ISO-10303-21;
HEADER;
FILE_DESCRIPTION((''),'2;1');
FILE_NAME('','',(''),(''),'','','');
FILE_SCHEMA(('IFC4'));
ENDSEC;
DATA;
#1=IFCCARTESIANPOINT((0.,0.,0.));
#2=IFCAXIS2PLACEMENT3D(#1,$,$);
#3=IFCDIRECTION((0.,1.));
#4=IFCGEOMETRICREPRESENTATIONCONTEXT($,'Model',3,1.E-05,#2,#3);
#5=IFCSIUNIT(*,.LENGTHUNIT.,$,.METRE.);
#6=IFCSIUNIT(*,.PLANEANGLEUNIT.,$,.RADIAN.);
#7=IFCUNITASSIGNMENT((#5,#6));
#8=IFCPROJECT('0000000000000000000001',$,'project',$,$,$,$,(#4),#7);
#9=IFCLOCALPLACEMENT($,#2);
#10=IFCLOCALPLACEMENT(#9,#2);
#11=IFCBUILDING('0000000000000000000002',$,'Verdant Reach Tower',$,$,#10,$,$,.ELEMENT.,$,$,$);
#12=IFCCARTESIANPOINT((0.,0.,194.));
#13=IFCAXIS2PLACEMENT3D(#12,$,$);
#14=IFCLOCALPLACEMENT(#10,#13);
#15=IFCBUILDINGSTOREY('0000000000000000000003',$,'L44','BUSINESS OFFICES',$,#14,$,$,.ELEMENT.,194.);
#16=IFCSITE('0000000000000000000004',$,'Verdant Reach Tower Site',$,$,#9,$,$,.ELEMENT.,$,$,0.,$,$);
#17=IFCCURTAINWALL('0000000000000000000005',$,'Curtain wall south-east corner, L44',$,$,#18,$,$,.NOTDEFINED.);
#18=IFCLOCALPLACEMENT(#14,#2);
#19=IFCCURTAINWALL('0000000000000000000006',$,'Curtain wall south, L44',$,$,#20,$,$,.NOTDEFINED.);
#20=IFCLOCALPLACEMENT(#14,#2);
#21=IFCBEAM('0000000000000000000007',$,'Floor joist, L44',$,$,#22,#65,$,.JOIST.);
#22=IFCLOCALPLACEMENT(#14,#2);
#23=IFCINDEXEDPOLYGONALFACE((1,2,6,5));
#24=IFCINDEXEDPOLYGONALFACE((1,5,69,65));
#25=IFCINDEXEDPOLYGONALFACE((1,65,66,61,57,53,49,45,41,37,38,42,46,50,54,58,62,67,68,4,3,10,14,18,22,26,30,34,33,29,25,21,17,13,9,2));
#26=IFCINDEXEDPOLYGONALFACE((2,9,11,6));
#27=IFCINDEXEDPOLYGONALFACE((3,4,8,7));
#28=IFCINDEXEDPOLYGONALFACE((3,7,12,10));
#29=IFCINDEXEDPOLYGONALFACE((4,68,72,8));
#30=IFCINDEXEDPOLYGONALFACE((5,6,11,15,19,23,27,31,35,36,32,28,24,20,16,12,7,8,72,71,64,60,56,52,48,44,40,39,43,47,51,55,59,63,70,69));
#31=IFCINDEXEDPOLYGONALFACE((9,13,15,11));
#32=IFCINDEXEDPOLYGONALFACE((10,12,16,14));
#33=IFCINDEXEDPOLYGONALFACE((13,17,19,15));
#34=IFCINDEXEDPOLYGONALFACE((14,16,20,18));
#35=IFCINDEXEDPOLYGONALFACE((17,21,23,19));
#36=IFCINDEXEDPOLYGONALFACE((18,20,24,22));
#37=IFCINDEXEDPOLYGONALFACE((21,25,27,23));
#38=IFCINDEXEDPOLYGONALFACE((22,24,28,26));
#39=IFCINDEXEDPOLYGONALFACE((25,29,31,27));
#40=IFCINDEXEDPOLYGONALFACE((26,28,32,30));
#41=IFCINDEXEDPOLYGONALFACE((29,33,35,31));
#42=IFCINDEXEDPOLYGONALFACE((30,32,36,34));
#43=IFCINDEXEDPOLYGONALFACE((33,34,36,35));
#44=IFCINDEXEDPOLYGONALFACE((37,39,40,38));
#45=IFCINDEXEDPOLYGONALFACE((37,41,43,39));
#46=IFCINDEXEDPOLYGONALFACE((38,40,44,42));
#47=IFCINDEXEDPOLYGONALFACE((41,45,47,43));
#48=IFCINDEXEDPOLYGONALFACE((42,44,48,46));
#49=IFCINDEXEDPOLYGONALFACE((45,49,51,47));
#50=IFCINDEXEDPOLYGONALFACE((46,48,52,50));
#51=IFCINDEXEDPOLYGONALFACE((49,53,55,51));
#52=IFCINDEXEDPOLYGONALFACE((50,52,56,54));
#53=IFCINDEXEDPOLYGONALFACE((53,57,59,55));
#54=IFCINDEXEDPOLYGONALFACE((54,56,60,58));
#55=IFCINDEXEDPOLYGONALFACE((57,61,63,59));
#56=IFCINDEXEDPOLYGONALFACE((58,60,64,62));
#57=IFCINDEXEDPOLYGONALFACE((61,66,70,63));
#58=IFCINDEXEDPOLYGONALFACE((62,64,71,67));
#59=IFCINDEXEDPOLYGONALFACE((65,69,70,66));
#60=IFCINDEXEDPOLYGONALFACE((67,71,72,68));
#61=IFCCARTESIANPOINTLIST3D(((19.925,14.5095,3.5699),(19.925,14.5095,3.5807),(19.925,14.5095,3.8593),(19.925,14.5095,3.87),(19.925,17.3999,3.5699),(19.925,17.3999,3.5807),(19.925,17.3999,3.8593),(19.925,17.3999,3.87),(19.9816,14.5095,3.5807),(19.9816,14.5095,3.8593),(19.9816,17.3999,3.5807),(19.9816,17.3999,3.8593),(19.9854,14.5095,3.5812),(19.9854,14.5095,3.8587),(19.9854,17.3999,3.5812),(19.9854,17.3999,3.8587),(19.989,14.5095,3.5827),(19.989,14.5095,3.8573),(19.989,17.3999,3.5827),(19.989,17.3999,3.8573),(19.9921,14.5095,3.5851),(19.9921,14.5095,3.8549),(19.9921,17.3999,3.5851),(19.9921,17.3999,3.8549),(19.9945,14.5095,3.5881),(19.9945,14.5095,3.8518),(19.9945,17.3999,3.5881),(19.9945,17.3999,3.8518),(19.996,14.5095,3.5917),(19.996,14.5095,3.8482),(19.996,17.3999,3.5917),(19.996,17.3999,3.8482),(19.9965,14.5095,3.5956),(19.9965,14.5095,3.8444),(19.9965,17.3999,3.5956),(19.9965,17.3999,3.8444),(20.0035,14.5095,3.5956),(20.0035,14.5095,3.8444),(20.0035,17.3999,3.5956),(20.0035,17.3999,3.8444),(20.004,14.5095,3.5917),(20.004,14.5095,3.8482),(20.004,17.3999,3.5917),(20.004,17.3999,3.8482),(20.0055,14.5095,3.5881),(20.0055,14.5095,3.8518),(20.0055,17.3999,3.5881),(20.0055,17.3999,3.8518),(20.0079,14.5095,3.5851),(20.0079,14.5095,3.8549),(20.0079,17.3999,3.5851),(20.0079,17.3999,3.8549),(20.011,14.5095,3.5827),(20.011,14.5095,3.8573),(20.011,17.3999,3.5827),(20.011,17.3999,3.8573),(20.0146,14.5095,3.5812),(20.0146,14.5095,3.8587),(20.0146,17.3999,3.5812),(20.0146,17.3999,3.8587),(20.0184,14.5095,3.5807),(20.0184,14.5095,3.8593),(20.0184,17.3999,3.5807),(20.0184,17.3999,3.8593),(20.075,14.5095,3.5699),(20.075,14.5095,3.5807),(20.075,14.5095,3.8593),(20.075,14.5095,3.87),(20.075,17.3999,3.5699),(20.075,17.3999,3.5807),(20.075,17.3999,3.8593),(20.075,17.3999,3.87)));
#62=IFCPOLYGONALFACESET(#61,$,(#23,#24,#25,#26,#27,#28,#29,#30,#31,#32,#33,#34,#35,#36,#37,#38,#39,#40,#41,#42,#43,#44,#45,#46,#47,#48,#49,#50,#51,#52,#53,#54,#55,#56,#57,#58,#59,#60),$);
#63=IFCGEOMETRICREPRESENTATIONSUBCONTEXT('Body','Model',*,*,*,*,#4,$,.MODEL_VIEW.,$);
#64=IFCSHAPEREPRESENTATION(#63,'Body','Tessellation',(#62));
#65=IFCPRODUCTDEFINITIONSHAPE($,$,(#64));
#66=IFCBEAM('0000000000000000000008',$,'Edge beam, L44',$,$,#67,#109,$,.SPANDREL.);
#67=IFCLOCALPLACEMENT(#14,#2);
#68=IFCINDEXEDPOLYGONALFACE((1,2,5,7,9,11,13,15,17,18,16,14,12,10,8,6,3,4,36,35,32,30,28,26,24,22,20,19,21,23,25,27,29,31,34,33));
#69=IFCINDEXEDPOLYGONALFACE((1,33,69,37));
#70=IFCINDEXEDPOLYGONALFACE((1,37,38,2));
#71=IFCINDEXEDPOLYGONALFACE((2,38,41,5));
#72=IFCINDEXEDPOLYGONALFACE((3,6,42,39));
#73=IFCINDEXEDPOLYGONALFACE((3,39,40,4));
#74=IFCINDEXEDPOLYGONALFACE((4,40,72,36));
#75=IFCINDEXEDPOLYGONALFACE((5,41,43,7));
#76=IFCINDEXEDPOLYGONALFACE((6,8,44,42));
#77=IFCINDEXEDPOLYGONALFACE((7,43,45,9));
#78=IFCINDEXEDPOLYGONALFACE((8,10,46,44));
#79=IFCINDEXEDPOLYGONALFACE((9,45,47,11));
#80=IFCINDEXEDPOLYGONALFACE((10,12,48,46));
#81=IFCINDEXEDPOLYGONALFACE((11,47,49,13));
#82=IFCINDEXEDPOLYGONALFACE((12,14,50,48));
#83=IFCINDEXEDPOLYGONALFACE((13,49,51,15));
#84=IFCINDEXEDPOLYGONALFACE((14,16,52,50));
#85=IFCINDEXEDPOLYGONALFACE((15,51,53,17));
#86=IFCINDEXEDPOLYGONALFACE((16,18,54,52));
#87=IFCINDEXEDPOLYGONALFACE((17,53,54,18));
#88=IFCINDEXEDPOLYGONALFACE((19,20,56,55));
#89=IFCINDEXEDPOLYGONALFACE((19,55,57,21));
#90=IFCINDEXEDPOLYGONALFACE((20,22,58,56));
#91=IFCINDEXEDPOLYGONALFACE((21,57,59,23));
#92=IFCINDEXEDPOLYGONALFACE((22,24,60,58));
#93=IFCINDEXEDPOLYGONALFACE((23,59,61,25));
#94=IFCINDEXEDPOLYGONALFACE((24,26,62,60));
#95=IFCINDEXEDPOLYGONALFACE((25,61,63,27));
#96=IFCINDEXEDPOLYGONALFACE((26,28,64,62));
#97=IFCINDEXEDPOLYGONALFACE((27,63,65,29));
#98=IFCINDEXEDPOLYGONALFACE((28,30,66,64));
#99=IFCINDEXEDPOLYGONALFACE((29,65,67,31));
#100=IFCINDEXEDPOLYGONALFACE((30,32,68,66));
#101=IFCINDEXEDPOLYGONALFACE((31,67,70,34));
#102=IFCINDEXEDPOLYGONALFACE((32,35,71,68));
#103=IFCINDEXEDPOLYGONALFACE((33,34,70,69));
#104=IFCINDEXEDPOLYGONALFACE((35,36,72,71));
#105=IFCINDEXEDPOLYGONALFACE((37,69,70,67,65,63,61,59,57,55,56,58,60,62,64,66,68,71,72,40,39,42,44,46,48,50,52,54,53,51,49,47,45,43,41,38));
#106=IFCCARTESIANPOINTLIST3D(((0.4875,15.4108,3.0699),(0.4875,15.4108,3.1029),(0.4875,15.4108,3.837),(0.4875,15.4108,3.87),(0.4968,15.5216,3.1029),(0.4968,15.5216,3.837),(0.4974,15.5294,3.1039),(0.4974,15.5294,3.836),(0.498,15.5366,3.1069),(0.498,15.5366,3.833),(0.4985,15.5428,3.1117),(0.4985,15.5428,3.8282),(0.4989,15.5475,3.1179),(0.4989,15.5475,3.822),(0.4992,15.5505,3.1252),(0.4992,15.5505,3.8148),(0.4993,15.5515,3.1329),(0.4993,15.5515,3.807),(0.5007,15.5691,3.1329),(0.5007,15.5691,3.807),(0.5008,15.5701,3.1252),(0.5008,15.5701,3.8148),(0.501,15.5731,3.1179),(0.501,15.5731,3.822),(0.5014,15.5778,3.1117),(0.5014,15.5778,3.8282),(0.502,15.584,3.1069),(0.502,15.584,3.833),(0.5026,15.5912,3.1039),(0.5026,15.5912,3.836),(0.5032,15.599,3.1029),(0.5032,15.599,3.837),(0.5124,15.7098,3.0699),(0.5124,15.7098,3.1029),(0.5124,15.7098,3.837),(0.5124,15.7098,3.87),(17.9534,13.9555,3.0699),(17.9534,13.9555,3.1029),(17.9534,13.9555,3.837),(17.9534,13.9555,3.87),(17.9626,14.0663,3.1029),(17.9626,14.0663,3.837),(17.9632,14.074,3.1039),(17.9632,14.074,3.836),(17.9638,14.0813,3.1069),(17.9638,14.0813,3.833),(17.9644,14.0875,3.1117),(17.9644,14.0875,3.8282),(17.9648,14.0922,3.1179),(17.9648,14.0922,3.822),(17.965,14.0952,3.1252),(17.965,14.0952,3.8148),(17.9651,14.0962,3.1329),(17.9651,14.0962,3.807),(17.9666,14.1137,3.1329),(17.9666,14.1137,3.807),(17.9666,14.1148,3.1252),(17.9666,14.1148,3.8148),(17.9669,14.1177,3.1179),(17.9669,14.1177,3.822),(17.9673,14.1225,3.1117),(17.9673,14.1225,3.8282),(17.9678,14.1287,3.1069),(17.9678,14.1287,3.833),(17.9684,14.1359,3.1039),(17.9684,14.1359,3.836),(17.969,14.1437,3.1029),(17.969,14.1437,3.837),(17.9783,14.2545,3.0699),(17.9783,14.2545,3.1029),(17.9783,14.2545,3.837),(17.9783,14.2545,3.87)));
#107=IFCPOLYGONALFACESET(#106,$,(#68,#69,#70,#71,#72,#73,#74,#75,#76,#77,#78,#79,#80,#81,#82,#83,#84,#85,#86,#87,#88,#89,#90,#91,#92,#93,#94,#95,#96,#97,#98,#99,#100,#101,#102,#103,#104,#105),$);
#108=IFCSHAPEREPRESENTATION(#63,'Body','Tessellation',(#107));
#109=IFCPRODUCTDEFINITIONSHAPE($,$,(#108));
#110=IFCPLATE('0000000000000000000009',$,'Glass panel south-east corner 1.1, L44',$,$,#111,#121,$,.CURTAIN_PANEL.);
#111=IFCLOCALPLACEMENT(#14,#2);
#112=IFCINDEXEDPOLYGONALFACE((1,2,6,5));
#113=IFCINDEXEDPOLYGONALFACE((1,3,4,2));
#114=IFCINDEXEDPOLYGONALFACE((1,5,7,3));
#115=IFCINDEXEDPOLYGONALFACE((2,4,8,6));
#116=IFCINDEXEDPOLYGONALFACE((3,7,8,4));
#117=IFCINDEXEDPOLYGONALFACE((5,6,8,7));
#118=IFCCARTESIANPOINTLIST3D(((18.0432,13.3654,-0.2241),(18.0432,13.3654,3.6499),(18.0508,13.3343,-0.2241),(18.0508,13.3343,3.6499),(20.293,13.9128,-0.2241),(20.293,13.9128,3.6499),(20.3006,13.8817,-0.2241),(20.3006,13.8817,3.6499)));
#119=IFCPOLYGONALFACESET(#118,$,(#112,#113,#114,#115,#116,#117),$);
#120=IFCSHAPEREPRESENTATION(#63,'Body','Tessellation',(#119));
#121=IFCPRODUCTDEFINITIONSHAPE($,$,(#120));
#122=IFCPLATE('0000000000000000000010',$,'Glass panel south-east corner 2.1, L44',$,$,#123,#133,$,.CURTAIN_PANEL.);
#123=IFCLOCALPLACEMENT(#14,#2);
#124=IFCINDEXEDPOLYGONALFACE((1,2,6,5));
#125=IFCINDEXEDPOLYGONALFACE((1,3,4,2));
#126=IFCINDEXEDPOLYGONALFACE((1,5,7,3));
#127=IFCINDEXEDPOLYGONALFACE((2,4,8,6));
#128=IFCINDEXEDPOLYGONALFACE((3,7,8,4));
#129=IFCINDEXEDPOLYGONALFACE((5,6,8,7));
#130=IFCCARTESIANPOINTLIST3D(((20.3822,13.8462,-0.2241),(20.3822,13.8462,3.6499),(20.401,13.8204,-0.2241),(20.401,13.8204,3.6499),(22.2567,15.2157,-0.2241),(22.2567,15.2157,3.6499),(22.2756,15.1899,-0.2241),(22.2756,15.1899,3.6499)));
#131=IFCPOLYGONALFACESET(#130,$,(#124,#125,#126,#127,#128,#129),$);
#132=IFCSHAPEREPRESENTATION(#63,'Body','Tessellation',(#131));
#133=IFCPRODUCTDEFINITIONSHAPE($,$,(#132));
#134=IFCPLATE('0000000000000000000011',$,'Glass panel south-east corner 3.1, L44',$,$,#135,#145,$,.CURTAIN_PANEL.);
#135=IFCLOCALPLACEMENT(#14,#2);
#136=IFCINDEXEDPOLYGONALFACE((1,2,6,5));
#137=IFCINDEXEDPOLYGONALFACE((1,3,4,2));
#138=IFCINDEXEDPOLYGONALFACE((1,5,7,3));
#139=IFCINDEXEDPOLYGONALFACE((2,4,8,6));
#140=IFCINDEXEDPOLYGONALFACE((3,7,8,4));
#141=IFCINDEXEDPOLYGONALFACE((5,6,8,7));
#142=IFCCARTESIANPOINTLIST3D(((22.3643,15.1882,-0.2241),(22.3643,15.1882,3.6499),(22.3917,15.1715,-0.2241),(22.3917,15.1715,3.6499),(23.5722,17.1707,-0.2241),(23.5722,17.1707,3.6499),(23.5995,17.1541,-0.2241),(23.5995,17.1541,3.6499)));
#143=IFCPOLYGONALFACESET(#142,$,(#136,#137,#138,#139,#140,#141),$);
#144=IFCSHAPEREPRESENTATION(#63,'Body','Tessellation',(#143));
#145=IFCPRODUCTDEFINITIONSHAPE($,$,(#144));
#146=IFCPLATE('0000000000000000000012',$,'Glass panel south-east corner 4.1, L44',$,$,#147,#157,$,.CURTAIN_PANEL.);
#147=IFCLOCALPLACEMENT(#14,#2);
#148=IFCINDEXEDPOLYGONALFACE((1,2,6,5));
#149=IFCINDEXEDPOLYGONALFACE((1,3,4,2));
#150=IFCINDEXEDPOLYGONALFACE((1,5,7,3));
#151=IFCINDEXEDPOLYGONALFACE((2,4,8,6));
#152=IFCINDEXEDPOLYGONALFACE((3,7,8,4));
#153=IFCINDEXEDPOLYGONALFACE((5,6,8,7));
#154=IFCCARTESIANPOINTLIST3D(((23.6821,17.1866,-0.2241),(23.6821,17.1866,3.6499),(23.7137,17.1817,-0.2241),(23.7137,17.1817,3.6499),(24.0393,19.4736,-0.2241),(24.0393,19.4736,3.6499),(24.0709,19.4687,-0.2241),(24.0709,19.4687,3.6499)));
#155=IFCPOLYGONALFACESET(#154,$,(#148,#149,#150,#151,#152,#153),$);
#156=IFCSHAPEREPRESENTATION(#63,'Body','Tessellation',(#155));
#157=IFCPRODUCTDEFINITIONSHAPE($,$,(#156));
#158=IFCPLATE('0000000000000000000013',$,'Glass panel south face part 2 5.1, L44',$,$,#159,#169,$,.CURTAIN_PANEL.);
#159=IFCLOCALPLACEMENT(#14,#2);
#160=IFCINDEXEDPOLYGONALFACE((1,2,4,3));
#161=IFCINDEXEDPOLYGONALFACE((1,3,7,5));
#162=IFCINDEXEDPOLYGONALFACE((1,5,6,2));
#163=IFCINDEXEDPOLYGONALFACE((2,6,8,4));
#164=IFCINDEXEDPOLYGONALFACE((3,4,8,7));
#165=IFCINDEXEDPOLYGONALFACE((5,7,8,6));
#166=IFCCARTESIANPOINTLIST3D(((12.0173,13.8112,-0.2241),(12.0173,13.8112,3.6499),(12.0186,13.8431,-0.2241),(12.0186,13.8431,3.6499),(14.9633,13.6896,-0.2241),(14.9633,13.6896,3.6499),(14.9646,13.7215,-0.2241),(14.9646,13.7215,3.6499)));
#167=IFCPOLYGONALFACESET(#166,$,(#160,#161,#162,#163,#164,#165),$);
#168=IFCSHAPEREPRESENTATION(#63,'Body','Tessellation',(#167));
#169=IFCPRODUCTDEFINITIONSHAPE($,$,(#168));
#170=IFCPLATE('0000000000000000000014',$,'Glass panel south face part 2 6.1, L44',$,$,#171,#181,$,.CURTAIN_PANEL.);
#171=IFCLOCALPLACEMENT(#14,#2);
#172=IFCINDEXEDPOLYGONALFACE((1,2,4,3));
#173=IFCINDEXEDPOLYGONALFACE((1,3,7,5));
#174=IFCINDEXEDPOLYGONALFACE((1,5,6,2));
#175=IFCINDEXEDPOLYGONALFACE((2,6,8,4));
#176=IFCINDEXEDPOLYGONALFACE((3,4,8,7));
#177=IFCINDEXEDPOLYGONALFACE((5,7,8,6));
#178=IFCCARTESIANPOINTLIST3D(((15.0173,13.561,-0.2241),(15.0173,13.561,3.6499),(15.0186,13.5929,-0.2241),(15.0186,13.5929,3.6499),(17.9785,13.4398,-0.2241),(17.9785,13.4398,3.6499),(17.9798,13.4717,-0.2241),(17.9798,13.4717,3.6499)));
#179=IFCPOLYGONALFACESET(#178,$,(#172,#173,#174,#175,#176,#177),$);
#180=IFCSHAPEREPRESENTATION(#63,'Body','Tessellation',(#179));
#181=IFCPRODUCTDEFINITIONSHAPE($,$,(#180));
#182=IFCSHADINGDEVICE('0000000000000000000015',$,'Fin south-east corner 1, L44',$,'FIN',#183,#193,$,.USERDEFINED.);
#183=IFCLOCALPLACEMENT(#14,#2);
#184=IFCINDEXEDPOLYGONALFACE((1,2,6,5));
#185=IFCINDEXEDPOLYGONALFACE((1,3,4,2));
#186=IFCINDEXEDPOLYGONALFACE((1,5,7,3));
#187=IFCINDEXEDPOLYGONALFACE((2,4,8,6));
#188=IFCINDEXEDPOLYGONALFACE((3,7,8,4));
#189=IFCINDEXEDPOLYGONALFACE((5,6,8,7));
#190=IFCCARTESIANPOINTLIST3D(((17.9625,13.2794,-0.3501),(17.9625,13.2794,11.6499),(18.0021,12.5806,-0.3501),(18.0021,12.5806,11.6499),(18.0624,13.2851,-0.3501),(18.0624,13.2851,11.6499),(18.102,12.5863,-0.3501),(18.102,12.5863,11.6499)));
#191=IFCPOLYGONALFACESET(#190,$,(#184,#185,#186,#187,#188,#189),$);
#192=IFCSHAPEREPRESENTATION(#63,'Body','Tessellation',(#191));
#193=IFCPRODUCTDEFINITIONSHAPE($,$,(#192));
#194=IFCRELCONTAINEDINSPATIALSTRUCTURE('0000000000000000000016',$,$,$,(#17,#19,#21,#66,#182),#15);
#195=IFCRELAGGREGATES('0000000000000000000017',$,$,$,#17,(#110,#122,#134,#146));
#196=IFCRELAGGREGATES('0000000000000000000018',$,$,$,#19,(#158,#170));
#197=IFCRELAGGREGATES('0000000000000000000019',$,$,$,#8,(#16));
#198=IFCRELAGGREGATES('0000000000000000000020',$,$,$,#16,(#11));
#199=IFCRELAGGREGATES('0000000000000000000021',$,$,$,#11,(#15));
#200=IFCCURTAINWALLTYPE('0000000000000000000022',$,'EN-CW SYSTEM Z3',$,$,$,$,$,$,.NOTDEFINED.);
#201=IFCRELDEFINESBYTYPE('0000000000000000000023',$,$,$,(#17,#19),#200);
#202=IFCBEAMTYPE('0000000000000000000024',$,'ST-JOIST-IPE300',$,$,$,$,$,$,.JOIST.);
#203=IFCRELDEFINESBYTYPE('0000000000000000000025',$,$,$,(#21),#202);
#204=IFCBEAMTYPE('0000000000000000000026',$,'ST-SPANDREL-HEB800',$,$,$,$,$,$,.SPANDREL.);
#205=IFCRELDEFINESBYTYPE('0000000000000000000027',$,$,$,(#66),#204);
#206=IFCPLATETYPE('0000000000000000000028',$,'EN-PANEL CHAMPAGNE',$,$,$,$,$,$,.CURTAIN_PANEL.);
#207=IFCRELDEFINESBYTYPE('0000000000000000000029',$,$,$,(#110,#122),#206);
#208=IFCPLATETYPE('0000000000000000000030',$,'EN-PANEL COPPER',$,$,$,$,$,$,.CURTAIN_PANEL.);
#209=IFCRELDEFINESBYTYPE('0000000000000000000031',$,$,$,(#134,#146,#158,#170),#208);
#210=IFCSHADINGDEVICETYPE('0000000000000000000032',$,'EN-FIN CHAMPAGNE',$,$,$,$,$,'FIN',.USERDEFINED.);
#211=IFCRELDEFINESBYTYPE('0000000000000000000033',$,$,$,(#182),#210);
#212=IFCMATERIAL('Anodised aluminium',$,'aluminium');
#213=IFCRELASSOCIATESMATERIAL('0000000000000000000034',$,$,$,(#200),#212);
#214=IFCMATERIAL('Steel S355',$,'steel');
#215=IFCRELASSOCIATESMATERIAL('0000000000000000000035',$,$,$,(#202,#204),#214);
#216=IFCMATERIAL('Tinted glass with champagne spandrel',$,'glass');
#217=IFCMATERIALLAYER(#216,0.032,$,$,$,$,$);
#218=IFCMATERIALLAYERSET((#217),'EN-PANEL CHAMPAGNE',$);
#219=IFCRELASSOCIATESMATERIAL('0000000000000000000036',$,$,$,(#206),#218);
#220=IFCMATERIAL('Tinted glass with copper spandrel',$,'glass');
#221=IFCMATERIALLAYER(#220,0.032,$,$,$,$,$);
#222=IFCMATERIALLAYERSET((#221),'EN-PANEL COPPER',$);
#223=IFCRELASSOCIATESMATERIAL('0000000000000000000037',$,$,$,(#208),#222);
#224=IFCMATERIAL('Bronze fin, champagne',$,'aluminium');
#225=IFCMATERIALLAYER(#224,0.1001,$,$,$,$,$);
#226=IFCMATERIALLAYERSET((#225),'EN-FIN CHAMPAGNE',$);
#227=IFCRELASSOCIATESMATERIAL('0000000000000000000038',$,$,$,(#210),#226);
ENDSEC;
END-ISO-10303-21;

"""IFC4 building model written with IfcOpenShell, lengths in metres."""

from ifc_helpers import new_model, si_unit, direction, frame, origin, origin_2d, place, context, subcontext, project, spatial, rectangle, i_section, extrude, material, layer, layer_set, material_profile, profile_set, type_object, element, aggregate, save


model = new_model("IFC4")

# Units and contexts
model_context = context("Model", 3, precision=1e-05, world=origin(), true_north=direction((0.0, 1.0)))
body_context = subcontext(model_context, "Body", "Model", "MODEL_VIEW")
ifc_project = project(units=[si_unit("LENGTHUNIT", "METRE"), si_unit("PLANEANGLEUNIT", "RADIAN")], contexts=[model_context])

# Site, building, storey
site_placement = place(None, origin())
site = spatial("IfcSite", under=ifc_project, at=site_placement, Name="Verdant Reach Tower Site", CompositionType="ELEMENT", RefElevation=0.0)
building_placement = place(site_placement, origin())
building = spatial("IfcBuilding", under=site, at=building_placement, Name="Verdant Reach Tower", CompositionType="ELEMENT")
storey_placement = place(building_placement, frame((0.0, 0.0, 194.0)))
storey = spatial("IfcBuildingStorey", under=building, at=storey_placement, Name="L44", Description="BUSINESS OFFICES", CompositionType="ELEMENT", Elevation=194.0)

# Curtain walls
ifc_material_1 = material(Name="Anodised aluminium", Category="aluminium")
curtain_wall_type = type_object("IfcCurtainWallType", Name="EN-CW SYSTEM Z3", PredefinedType="NOTDEFINED", material=ifc_material_1)
curtain_wall_1_placement = place(storey_placement, origin())
curtain_wall_1 = element("IfcCurtainWall", 1, at=curtain_wall_1_placement, inside=storey, type_object=curtain_wall_type, Name="Curtain wall south-east corner, L44", PredefinedType="NOTDEFINED")
curtain_wall_2_placement = place(storey_placement, origin())
curtain_wall_2 = element("IfcCurtainWall", 2, at=curtain_wall_2_placement, inside=storey, type_object=curtain_wall_type, Name="Curtain wall south, L44", PredefinedType="NOTDEFINED")

# Beams
ifc_material_2 = material(Name="Steel S355", Category="steel")
ifc_material_profile_1 = material_profile(ifc_material_2, i_section(OverallWidth=0.1499, OverallDepth=0.3, WebThickness=0.0071, FlangeThickness=0.0107, FilletRadius=0.0149, at=origin_2d()), Name="IPE 300")
ifc_profile_set_1 = profile_set([ifc_material_profile_1], Name="Steel S355")
beam_type_1 = type_object("IfcBeamType", Name="ST-JOIST-IPE300", PredefinedType="JOIST", material=ifc_profile_set_1)
beam_1_placement = place(storey_placement, frame((20.0, 17.3999, 3.72), z_axis=(0.0, -1.0, 0.0), x_axis=(1.0, 0.0, 0.0)))
element("IfcBeam", 3, at=beam_1_placement, inside=storey, type_object=beam_type_1, Name="Floor joist, L44", PredefinedType="JOIST", context=body_context, shape_type="SweptSolid", body=[
    extrude(i_section(OverallWidth=0.1499, OverallDepth=0.3, WebThickness=0.0071, FlangeThickness=0.0107, FilletRadius=0.0149, at=origin_2d()), origin(), (0.0, 0.0, 1.0), 2.8904),
])
ifc_material_profile_2 = material_profile(ifc_material_2, i_section(OverallWidth=0.3, OverallDepth=0.8, WebThickness=0.0176, FlangeThickness=0.033, FilletRadius=0.03, at=origin_2d()), Name="HEB 800")
ifc_profile_set_2 = profile_set([ifc_material_profile_2], Name="Steel S355")
beam_type_2 = type_object("IfcBeamType", Name="ST-SPANDREL-HEB800", PredefinedType="SPANDREL", material=ifc_profile_set_2)
beam_2_placement = place(storey_placement, frame((17.9658, 14.105, 3.47), z_axis=(-0.996547, 0.083036, 0.0), x_axis=(-0.083036, -0.996547, 0.0)))
element("IfcBeam", 4, at=beam_2_placement, inside=storey, type_object=beam_type_2, Name="Edge beam, L44", PredefinedType="SPANDREL", context=body_context, shape_type="SweptSolid", body=[
    extrude(i_section(OverallWidth=0.3, OverallDepth=0.8, WebThickness=0.0176, FlangeThickness=0.033, FilletRadius=0.03, at=origin_2d()), origin(), (0.0, 0.0, 1.0), 17.5264),
])

# Plates
ifc_material_3 = material(Name="Tinted glass with champagne spandrel", Category="glass")
ifc_layer_1 = layer(ifc_material_3, 0.032)
ifc_layer_set_1 = layer_set([ifc_layer_1], Name="EN-PANEL CHAMPAGNE")
plate_type_1 = type_object("IfcPlateType", Name="EN-PANEL CHAMPAGNE", PredefinedType="CURTAIN_PANEL", material=ifc_layer_set_1)
plate_1_placement = place(storey_placement, frame((19.1719, 13.6235, -0.2241), z_axis=(0.0, 0.0, 1.0), x_axis=(0.971655, 0.236403, 0.0)))
plate_1 = element("IfcPlate", 5, at=plate_1_placement, type_object=plate_type_1, Name="Glass panel south-east corner 1.1, L44", PredefinedType="CURTAIN_PANEL", context=body_context, shape_type="SweptSolid", body=[
    extrude(rectangle(XDim=2.3154, YDim=0.032, at=origin_2d()), origin(), (0.0, 0.0, 1.0), 3.874),
])
plate_2_placement = place(storey_placement, frame((21.3289, 14.5181, -0.2241), z_axis=(0.0, 0.0, 1.0), x_axis=(0.807457, 0.589927, 0.0)))
plate_2 = element("IfcPlate", 6, at=plate_2_placement, type_object=plate_type_1, Name="Glass panel south-east corner 2.1, L44", PredefinedType="CURTAIN_PANEL", context=body_context, shape_type="SweptSolid", body=[
    extrude(rectangle(XDim=2.3215, YDim=0.032, at=origin_2d()), origin(), (0.0, 0.0, 1.0), 3.874),
])
ifc_material_4 = material(Name="Tinted glass with copper spandrel", Category="glass")
ifc_layer_2 = layer(ifc_material_4, 0.032)
ifc_layer_set_2 = layer_set([ifc_layer_2], Name="EN-PANEL COPPER")
plate_type_2 = type_object("IfcPlateType", Name="EN-PANEL COPPER", PredefinedType="CURTAIN_PANEL", material=ifc_layer_set_2)
plate_3_placement = place(storey_placement, frame((22.9819, 16.1711, -0.2241), z_axis=(0.0, 0.0, 1.0), x_axis=(0.520292, 0.853989, 0.0)))
plate_3 = element("IfcPlate", 7, at=plate_3_placement, type_object=plate_type_2, Name="Glass panel south-east corner 3.1, L44", PredefinedType="CURTAIN_PANEL", context=body_context, shape_type="SweptSolid", body=[
    extrude(rectangle(XDim=2.3215, YDim=0.032, at=origin_2d()), origin(), (0.0, 0.0, 1.0), 3.874),
])
plate_4_placement = place(storey_placement, frame((23.8765, 18.3276, -0.2241), z_axis=(0.0, 0.0, 1.0), x_axis=(0.154312, 0.988022, 0.0)))
plate_4 = element("IfcPlate", 8, at=plate_4_placement, type_object=plate_type_2, Name="Glass panel south-east corner 4.1, L44", PredefinedType="CURTAIN_PANEL", context=body_context, shape_type="SweptSolid", body=[
    extrude(rectangle(XDim=2.3147, YDim=0.032, at=origin_2d()), origin(), (0.0, 0.0, 1.0), 3.874),
])
aggregate(curtain_wall_1, [plate_1, plate_2, plate_3, plate_4])
plate_5_placement = place(storey_placement, frame((13.491, 13.7664, -0.2241), z_axis=(0.0, 0.0, 1.0), x_axis=(0.999149, -0.041242, 0.0)))
plate_5 = element("IfcPlate", 9, at=plate_5_placement, type_object=plate_type_2, Name="Glass panel south face part 2 5.1, L44", PredefinedType="CURTAIN_PANEL", context=body_context, shape_type="SweptSolid", body=[
    extrude(rectangle(XDim=2.9485, YDim=0.032, at=origin_2d()), origin(), (0.0, 0.0, 1.0), 3.874),
])
plate_6_placement = place(storey_placement, frame((16.4985, 13.5164, -0.2241), z_axis=(0.0, 0.0, 1.0), x_axis=(0.999164, -0.040891, 0.0)))
plate_6 = element("IfcPlate", 10, at=plate_6_placement, type_object=plate_type_2, Name="Glass panel south face part 2 6.1, L44", PredefinedType="CURTAIN_PANEL", context=body_context, shape_type="SweptSolid", body=[
    extrude(rectangle(XDim=2.9636, YDim=0.032, at=origin_2d()), origin(), (0.0, 0.0, 1.0), 3.874),
])
aggregate(curtain_wall_2, [plate_5, plate_6])

# Shading device
ifc_material_5 = material(Name="Bronze fin, champagne", Category="aluminium")
ifc_layer_3 = layer(ifc_material_5, 0.1001)
ifc_layer_set_3 = layer_set([ifc_layer_3], Name="EN-FIN CHAMPAGNE")
shading_device_type_1 = type_object("IfcShadingDeviceType", Name="EN-FIN CHAMPAGNE", ElementType="FIN", PredefinedType="USERDEFINED", material=ifc_layer_set_3)
shading_device_1_placement = place(storey_placement, frame((18.0322, 12.9329, -0.3501), z_axis=(0.0, 0.0, 1.0), x_axis=(0.998399, 0.056569, 0.0)))
element("IfcShadingDevice", 11, at=shading_device_1_placement, inside=storey, type_object=shading_device_type_1, Name="Fin south-east corner 1, L44", ObjectType="FIN", PredefinedType="USERDEFINED", context=body_context, shape_type="SweptSolid", body=[
    extrude(rectangle(XDim=0.1001, YDim=0.7, at=origin_2d()), origin(), (0.0, 0.0, 1.0), 12.0),
])

save(model, "model.ifc")
